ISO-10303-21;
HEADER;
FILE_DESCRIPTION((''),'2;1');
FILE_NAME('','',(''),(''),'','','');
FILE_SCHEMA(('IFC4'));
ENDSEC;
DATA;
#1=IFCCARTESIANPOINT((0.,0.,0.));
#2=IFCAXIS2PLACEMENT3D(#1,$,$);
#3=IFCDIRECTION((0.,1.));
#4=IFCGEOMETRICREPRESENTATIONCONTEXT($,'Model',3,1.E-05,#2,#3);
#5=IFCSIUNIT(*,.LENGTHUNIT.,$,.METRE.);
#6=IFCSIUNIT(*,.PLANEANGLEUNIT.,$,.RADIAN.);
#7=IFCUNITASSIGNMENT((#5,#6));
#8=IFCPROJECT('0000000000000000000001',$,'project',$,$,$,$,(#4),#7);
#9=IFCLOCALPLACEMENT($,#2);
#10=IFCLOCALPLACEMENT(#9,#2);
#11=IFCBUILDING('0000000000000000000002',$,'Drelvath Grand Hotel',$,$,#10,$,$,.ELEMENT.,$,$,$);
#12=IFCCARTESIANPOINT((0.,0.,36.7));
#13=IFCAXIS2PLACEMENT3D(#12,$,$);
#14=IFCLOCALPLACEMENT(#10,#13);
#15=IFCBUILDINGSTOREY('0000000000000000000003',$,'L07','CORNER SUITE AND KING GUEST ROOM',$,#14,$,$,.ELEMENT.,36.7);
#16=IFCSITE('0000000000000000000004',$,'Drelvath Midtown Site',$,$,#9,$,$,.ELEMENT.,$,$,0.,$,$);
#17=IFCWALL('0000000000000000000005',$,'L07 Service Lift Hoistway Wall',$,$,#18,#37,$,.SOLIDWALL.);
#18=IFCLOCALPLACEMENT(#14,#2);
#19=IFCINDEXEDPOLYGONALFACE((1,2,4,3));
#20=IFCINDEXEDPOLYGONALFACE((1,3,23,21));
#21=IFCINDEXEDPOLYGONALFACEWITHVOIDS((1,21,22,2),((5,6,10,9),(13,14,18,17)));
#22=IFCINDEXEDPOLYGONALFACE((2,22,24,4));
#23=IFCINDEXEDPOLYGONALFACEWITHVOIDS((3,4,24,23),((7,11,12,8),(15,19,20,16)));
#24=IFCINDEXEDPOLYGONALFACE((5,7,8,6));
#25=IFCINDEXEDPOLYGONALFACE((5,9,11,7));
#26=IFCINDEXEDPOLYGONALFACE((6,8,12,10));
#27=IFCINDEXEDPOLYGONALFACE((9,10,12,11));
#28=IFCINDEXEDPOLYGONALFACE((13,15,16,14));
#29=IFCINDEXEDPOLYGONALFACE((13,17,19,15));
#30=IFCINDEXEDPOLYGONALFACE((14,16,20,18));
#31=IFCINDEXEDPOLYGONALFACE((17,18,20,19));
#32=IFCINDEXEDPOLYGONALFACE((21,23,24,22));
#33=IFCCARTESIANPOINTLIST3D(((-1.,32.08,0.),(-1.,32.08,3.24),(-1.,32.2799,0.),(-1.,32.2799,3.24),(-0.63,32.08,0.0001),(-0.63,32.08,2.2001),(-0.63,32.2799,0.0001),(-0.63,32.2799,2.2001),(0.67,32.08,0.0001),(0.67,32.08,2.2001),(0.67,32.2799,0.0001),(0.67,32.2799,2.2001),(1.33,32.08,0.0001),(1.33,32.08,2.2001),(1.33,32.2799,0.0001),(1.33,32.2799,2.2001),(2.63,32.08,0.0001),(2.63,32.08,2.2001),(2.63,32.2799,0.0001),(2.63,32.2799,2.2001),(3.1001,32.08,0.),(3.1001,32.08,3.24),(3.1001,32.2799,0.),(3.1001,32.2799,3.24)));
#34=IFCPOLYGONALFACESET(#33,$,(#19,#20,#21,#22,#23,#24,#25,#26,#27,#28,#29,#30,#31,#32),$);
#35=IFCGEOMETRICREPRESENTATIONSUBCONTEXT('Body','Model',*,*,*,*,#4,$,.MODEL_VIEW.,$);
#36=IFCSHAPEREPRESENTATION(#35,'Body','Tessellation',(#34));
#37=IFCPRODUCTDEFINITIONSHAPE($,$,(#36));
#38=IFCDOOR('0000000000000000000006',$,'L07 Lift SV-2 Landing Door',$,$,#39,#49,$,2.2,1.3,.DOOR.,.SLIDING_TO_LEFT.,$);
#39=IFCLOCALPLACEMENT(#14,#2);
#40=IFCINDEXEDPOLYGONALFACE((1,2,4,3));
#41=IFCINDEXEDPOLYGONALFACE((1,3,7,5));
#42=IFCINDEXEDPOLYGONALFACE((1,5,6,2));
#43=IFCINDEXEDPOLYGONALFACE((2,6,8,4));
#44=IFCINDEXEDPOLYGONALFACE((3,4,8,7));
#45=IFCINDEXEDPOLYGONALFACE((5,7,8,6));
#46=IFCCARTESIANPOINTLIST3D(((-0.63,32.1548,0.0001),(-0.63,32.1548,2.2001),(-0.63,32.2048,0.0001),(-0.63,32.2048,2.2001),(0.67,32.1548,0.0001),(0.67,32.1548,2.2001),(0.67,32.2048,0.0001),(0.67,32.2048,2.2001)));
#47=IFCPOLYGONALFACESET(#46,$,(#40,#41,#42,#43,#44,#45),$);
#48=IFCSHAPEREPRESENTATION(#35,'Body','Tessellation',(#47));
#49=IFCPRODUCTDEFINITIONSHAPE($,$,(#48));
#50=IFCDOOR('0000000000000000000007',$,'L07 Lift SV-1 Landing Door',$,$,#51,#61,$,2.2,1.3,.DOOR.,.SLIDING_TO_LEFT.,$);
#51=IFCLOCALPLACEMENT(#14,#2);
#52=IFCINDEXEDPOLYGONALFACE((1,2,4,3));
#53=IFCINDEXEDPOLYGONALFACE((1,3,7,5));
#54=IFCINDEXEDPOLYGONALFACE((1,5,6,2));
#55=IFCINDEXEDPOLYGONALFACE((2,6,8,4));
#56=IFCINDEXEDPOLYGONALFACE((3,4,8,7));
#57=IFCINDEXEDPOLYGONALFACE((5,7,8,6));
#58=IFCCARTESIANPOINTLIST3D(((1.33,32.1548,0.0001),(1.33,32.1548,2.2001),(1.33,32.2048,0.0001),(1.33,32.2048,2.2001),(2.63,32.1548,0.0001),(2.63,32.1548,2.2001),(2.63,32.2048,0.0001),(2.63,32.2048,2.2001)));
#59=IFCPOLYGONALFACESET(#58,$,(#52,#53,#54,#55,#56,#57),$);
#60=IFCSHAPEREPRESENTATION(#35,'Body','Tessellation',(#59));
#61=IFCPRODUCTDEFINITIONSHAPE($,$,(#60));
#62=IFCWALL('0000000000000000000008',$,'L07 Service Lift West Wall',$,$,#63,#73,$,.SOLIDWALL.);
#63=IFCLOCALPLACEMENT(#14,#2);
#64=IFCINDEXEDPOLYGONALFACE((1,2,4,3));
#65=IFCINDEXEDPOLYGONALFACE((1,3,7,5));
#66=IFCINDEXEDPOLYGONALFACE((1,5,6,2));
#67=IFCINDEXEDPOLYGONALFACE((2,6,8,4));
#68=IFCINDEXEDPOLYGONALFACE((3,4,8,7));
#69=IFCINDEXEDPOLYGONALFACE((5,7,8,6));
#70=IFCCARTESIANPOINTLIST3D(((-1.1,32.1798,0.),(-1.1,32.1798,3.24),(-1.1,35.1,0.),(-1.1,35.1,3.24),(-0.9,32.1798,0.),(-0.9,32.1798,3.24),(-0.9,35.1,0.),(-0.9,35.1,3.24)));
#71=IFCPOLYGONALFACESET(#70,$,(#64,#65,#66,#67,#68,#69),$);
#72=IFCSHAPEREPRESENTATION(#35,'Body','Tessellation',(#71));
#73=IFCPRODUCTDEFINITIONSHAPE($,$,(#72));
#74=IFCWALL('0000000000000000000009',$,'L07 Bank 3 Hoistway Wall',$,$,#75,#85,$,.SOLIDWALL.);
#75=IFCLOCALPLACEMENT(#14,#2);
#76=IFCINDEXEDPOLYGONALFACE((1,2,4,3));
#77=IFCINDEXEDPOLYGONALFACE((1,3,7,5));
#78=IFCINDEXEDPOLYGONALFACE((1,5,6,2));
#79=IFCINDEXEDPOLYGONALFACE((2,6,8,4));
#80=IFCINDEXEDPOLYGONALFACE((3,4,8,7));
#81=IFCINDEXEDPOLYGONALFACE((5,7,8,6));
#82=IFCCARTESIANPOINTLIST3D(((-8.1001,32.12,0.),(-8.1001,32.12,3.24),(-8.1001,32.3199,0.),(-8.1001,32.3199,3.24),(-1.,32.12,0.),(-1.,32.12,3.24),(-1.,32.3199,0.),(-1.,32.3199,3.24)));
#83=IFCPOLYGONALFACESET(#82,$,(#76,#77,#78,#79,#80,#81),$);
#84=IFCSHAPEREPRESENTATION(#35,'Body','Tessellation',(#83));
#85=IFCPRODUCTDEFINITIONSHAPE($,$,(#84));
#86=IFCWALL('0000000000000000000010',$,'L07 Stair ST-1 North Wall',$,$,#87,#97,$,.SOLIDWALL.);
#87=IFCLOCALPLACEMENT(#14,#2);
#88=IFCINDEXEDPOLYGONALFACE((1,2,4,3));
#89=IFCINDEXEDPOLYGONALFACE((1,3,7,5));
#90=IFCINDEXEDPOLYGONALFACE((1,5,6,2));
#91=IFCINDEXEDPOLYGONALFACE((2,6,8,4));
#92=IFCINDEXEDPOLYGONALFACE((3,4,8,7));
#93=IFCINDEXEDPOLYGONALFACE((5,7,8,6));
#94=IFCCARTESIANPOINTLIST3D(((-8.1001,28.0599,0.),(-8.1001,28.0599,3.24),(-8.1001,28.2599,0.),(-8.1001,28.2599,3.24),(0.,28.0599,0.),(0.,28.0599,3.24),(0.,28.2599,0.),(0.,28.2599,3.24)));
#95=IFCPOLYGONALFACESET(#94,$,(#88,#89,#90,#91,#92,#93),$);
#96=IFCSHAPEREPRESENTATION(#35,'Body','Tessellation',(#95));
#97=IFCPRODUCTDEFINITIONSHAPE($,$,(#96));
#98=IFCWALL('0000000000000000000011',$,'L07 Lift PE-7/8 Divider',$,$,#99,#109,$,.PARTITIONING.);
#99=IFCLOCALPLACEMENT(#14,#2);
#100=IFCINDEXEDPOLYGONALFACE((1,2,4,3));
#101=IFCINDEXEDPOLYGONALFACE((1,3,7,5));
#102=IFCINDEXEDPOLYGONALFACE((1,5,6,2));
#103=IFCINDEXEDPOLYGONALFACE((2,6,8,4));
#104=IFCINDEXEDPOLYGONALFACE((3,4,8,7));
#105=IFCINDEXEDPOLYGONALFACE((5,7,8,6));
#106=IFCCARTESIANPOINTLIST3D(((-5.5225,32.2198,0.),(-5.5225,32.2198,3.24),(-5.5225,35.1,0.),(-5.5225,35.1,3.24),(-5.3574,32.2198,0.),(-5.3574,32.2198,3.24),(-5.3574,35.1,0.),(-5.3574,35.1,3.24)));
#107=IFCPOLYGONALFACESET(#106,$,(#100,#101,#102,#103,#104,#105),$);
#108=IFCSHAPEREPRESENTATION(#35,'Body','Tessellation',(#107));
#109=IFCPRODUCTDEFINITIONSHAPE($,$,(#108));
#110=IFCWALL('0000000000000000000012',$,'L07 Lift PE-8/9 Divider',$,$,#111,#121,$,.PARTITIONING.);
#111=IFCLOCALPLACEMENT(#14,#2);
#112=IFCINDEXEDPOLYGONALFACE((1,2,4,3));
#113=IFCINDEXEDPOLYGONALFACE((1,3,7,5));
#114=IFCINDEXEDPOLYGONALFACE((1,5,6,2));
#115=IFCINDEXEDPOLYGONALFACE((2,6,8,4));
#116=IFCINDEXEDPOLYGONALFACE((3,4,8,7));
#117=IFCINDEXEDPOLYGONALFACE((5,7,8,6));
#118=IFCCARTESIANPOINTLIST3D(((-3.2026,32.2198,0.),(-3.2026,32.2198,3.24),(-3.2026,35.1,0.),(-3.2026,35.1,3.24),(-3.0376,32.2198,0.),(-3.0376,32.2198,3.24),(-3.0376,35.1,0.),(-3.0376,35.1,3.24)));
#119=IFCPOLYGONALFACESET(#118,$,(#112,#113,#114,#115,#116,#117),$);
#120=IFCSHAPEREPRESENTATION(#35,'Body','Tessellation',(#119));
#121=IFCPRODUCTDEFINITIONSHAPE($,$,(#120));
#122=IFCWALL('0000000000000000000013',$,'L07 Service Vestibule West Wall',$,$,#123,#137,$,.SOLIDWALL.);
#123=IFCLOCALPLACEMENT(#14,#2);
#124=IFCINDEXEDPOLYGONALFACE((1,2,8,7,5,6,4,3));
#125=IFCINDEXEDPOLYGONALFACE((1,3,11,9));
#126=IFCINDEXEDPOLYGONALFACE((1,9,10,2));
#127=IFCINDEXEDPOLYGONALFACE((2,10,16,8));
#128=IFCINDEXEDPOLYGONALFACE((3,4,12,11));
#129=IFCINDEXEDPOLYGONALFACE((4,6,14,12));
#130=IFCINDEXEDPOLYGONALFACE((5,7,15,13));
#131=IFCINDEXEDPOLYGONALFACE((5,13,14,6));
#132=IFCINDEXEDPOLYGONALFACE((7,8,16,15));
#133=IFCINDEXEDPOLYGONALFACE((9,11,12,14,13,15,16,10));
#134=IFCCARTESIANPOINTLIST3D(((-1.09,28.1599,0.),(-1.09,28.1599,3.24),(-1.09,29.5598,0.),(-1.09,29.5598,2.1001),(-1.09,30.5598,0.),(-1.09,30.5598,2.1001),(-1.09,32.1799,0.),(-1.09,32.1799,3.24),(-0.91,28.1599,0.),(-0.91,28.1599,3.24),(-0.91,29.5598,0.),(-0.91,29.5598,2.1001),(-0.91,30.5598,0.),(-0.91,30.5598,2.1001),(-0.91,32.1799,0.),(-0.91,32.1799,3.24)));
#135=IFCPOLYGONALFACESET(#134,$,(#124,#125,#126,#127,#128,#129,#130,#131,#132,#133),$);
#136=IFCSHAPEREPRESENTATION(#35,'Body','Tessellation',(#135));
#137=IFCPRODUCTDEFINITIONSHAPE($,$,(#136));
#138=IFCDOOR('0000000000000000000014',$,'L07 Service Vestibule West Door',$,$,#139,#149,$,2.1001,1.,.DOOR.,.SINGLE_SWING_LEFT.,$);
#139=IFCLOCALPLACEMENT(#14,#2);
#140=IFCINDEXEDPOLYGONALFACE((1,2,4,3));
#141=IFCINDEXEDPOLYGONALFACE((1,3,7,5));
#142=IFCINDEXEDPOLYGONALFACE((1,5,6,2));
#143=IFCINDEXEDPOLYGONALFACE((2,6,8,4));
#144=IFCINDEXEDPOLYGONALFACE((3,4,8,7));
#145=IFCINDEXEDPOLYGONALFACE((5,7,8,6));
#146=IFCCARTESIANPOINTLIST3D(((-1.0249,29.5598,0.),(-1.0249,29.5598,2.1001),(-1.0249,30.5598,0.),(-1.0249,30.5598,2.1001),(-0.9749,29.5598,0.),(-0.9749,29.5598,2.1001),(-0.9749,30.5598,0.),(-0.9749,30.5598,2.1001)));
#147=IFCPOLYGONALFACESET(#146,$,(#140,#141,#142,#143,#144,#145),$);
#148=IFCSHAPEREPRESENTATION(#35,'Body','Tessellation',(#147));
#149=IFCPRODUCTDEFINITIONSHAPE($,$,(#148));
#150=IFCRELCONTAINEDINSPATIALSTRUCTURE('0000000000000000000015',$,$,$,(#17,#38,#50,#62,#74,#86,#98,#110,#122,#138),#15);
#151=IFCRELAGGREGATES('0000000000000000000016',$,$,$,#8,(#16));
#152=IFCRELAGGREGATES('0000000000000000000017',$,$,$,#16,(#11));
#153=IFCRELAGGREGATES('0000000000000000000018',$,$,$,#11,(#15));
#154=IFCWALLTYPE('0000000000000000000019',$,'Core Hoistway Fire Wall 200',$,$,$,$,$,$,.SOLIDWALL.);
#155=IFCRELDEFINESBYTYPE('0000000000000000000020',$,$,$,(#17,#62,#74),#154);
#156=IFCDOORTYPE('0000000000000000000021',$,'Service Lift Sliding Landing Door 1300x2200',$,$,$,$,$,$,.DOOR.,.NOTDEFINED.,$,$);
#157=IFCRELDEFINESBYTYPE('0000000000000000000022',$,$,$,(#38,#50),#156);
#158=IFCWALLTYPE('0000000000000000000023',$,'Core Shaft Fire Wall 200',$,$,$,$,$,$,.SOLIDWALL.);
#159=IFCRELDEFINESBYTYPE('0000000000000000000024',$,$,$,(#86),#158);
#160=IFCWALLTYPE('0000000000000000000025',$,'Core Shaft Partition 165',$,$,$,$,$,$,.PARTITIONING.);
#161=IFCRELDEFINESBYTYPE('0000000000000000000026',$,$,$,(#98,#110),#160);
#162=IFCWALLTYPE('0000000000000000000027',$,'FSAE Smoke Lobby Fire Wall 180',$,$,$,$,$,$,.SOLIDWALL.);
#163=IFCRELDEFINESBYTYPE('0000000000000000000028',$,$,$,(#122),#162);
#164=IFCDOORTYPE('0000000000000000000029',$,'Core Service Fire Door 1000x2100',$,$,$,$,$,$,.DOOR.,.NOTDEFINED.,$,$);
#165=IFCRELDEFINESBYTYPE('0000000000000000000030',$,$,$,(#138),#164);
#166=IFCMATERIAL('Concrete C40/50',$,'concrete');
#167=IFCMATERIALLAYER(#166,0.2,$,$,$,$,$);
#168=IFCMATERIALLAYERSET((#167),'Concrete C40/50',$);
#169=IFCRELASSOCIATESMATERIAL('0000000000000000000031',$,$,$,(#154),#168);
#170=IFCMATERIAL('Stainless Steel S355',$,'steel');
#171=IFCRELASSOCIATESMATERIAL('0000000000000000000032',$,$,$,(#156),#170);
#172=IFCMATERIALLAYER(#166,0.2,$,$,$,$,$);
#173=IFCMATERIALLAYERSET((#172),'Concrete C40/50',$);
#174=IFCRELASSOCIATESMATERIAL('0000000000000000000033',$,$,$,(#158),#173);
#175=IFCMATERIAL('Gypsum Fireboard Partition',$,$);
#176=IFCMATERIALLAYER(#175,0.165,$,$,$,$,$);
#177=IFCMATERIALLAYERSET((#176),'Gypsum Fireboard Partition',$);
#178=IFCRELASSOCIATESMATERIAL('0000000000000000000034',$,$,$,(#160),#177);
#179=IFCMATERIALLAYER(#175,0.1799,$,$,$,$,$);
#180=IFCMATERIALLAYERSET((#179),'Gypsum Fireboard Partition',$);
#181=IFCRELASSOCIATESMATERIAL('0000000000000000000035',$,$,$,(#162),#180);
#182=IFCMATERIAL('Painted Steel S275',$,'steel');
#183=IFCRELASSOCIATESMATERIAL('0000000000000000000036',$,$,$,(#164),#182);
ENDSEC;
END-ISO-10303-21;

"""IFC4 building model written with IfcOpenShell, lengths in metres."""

from ifc_helpers import new_model, si_unit, direction, frame, frame_2d, origin, place, context, subcontext, project, spatial, rectangle, extrude, material, layer, layer_set, type_object, element, fill, save


model = new_model("IFC4")

# Units and contexts
model_context = context("Model", 3, precision=1e-05, world=origin(), true_north=direction((0.0, 1.0)))
body_context = subcontext(model_context, "Body", "Model", "MODEL_VIEW")
ifc_project = project(units=[si_unit("LENGTHUNIT", "METRE"), si_unit("PLANEANGLEUNIT", "RADIAN")], contexts=[model_context])

# Site, building, storey
site_placement = place(None, origin())
site = spatial("IfcSite", under=ifc_project, at=site_placement, Name="Drelvath Midtown Site", CompositionType="ELEMENT", RefElevation=0.0)
building_placement = place(site_placement, origin())
building = spatial("IfcBuilding", under=site, at=building_placement, Name="Drelvath Grand Hotel", CompositionType="ELEMENT")
storey_placement = place(building_placement, frame((0.0, 0.0, 36.7)))
storey = spatial("IfcBuildingStorey", under=building, at=storey_placement, Name="L07", Description="CORNER SUITE AND KING GUEST ROOM", CompositionType="ELEMENT", Elevation=36.7)

# Shared definitions
ifc_material_1 = material(Name="Painted Steel S275", Category="steel")

# Wall, openings, doors
ifc_material_2 = material(Name="Concrete C40/50", Category="concrete")
ifc_layer_1 = layer(ifc_material_2, 0.2)
ifc_layer_set_1 = layer_set([ifc_layer_1], Name="Concrete C40/50")
wall_type_1 = type_object("IfcWallType", Name="Core Hoistway Fire Wall 200", PredefinedType="SOLIDWALL", material=ifc_layer_set_1)
wall_1_placement = place(storey_placement, frame((-1.0, 32.1799, 0.0), z_axis=(0.0, 0.0, 1.0), x_axis=(1.0, 0.0, 0.0)))
wall_1 = element("IfcWall", 1, at=wall_1_placement, inside=storey, type_object=wall_type_1, Name="L07 Service Lift Hoistway Wall", PredefinedType="SOLIDWALL", context=body_context, shape_type="SweptSolid", body=[
    extrude(rectangle(XDim=4.1001, YDim=0.2, at=frame_2d((2.05, 0.0))), origin(), (0.0, 0.0, 1.0), 3.24),
])
opening_1_placement = place(wall_1_placement, frame((0.3701, 0.0, 0.0)))
opening_1 = element("IfcOpeningElement", 2, at=opening_1_placement, cuts=wall_1, PredefinedType="OPENING", context=body_context, shape_type="SweptSolid", body=[
    extrude(rectangle(XDim=1.3, YDim=2.2, at=frame_2d((0.6499, 1.1001))), frame((0.0, 0.1099, 0.0), z_axis=(0.0, -1.0, 0.0), x_axis=(1.0, 0.0, 0.0)), (0.0, 0.0, 1.0), 0.22),
])
opening_2_placement = place(wall_1_placement, frame((2.3301, 0.0, 0.0)))
opening_2 = element("IfcOpeningElement", 3, at=opening_2_placement, cuts=wall_1, PredefinedType="OPENING", context=body_context, shape_type="SweptSolid", body=[
    extrude(rectangle(XDim=1.3, YDim=2.2, at=frame_2d((0.6499, 1.1001))), frame((0.0, 0.1099, 0.0), z_axis=(0.0, -1.0, 0.0), x_axis=(1.0, 0.0, 0.0)), (0.0, 0.0, 1.0), 0.22),
])
ifc_material_3 = material(Name="Stainless Steel S355", Category="steel")
door_type_1 = type_object("IfcDoorType", Name="Service Lift Sliding Landing Door 1300x2200", OperationType="NOTDEFINED", PredefinedType="DOOR", material=ifc_material_3)
door_1_placement = place(opening_1_placement, origin())
door_1 = element("IfcDoor", 4, at=door_1_placement, inside=storey, type_object=door_type_1, Name="L07 Lift SV-2 Landing Door", OperationType="SLIDING_TO_LEFT", OverallHeight=2.2, OverallWidth=1.3, PredefinedType="DOOR", context=body_context, shape_type="SweptSolid", body=[
    extrude(rectangle(XDim=1.3, YDim=2.2, at=frame_2d((0.6499, 1.1001))), frame((0.0, 0.0249, 0.0), z_axis=(0.0, -1.0, 0.0), x_axis=(1.0, 0.0, 0.0)), (0.0, 0.0, 1.0), 0.05),
])
fill(opening_1, door_1)
door_2_placement = place(opening_2_placement, origin())
door_2 = element("IfcDoor", 5, at=door_2_placement, inside=storey, type_object=door_type_1, Name="L07 Lift SV-1 Landing Door", OperationType="SLIDING_TO_LEFT", OverallHeight=2.2, OverallWidth=1.3, PredefinedType="DOOR", context=body_context, shape_type="SweptSolid", body=[
    extrude(rectangle(XDim=1.3, YDim=2.2, at=frame_2d((0.6499, 1.1001))), frame((0.0, 0.0249, 0.0), z_axis=(0.0, -1.0, 0.0), x_axis=(1.0, 0.0, 0.0)), (0.0, 0.0, 1.0), 0.05),
])
fill(opening_2, door_2)

# Walls
wall_2_placement = place(storey_placement, frame((-1.0, 32.1799, 0.0), z_axis=(0.0, 0.0, 1.0), x_axis=(0.0, 1.0, 0.0)))
element("IfcWall", 6, at=wall_2_placement, inside=storey, type_object=wall_type_1, Name="L07 Service Lift West Wall", PredefinedType="SOLIDWALL", context=body_context, shape_type="SweptSolid", body=[
    extrude(rectangle(XDim=2.9202, YDim=0.2, at=frame_2d((1.46, 0.0))), origin(), (0.0, 0.0, 1.0), 3.24),
])
wall_3_placement = place(storey_placement, frame((-8.1001, 32.22, 0.0), z_axis=(0.0, 0.0, 1.0), x_axis=(1.0, 0.0, 0.0)))
element("IfcWall", 7, at=wall_3_placement, inside=storey, type_object=wall_type_1, Name="L07 Bank 3 Hoistway Wall", PredefinedType="SOLIDWALL", context=body_context, shape_type="SweptSolid", body=[
    extrude(rectangle(XDim=7.1001, YDim=0.2, at=frame_2d((3.55, 0.0))), origin(), (0.0, 0.0, 1.0), 3.24),
])
ifc_layer_2 = layer(ifc_material_2, 0.2)
ifc_layer_set_2 = layer_set([ifc_layer_2], Name="Concrete C40/50")
wall_type_2 = type_object("IfcWallType", Name="Core Shaft Fire Wall 200", PredefinedType="SOLIDWALL", material=ifc_layer_set_2)
wall_4_placement = place(storey_placement, frame((-8.1001, 28.1599, 0.0), z_axis=(0.0, 0.0, 1.0), x_axis=(1.0, 0.0, 0.0)))
element("IfcWall", 8, at=wall_4_placement, inside=storey, type_object=wall_type_2, Name="L07 Stair ST-1 North Wall", PredefinedType="SOLIDWALL", context=body_context, shape_type="SweptSolid", body=[
    extrude(rectangle(XDim=8.1001, YDim=0.2, at=frame_2d((4.05, 0.0))), origin(), (0.0, 0.0, 1.0), 3.24),
])
ifc_material_4 = material(Name="Gypsum Fireboard Partition")
ifc_layer_3 = layer(ifc_material_4, 0.165)
ifc_layer_set_3 = layer_set([ifc_layer_3], Name="Gypsum Fireboard Partition")
wall_type_3 = type_object("IfcWallType", Name="Core Shaft Partition 165", PredefinedType="PARTITIONING", material=ifc_layer_set_3)
for number, where, z_axis, x_axis, name in (
    (9, (-5.4399, 32.22, 0.0), (0.0, 0.0, 1.0), (0.0, 1.0, 0.0), "L07 Lift PE-7/8 Divider"),
    (10, (-3.1201, 32.22, 0.0), (0.0, 0.0, 1.0), (0.0, 1.0, 0.0), "L07 Lift PE-8/9 Divider"),
):
    element("IfcWall", number, at=place(storey_placement, frame(where, z_axis=z_axis, x_axis=x_axis)), inside=storey, type_object=wall_type_3, Name=name, PredefinedType="PARTITIONING", context=body_context, shape_type="SweptSolid", body=[
        extrude(rectangle(XDim=2.8801, YDim=0.165, at=frame_2d((1.4399, 0.0))), origin(), (0.0, 0.0, 1.0), 3.24),
    ])

# Wall, opening, door
ifc_layer_4 = layer(ifc_material_4, 0.1799)
ifc_layer_set_4 = layer_set([ifc_layer_4], Name="Gypsum Fireboard Partition")
wall_type_4 = type_object("IfcWallType", Name="FSAE Smoke Lobby Fire Wall 180", PredefinedType="SOLIDWALL", material=ifc_layer_set_4)
wall_5_placement = place(storey_placement, frame((-1.0, 28.1599, 0.0), z_axis=(0.0, 0.0, 1.0), x_axis=(0.0, 1.0, 0.0)))
wall_5 = element("IfcWall", 11, at=wall_5_placement, inside=storey, type_object=wall_type_4, Name="L07 Service Vestibule West Wall", PredefinedType="SOLIDWALL", context=body_context, shape_type="SweptSolid", body=[
    extrude(rectangle(XDim=4.02, YDim=0.1799, at=frame_2d((2.01, 0.0))), origin(), (0.0, 0.0, 1.0), 3.24),
])
opening_3_placement = place(wall_5_placement, frame((1.3999, 0.0, 0.0)))
opening_3 = element("IfcOpeningElement", 12, at=opening_3_placement, cuts=wall_5, PredefinedType="OPENING", context=body_context, shape_type="SweptSolid", body=[
    extrude(rectangle(XDim=1.0, YDim=2.1001, at=frame_2d((0.5, 1.05))), frame((0.0, 0.0999, 0.0), z_axis=(0.0, -1.0, 0.0), x_axis=(1.0, 0.0, 0.0)), (0.0, 0.0, 1.0), 0.2),
])
door_type_2 = type_object("IfcDoorType", Name="Core Service Fire Door 1000x2100", OperationType="NOTDEFINED", PredefinedType="DOOR", material=ifc_material_1)
door_3_placement = place(opening_3_placement, origin())
door_3 = element("IfcDoor", 13, at=door_3_placement, inside=storey, type_object=door_type_2, Name="L07 Service Vestibule West Door", OperationType="SINGLE_SWING_LEFT", OverallHeight=2.1001, OverallWidth=1.0, PredefinedType="DOOR", context=body_context, shape_type="SweptSolid", body=[
    extrude(rectangle(XDim=1.0, YDim=2.1001, at=frame_2d((0.5, 1.05))), frame((0.0, 0.0249, 0.0), z_axis=(0.0, -1.0, 0.0), x_axis=(1.0, 0.0, 0.0)), (0.0, 0.0, 1.0), 0.05),
])
fill(opening_3, door_3)

save(model, "model.ifc")
